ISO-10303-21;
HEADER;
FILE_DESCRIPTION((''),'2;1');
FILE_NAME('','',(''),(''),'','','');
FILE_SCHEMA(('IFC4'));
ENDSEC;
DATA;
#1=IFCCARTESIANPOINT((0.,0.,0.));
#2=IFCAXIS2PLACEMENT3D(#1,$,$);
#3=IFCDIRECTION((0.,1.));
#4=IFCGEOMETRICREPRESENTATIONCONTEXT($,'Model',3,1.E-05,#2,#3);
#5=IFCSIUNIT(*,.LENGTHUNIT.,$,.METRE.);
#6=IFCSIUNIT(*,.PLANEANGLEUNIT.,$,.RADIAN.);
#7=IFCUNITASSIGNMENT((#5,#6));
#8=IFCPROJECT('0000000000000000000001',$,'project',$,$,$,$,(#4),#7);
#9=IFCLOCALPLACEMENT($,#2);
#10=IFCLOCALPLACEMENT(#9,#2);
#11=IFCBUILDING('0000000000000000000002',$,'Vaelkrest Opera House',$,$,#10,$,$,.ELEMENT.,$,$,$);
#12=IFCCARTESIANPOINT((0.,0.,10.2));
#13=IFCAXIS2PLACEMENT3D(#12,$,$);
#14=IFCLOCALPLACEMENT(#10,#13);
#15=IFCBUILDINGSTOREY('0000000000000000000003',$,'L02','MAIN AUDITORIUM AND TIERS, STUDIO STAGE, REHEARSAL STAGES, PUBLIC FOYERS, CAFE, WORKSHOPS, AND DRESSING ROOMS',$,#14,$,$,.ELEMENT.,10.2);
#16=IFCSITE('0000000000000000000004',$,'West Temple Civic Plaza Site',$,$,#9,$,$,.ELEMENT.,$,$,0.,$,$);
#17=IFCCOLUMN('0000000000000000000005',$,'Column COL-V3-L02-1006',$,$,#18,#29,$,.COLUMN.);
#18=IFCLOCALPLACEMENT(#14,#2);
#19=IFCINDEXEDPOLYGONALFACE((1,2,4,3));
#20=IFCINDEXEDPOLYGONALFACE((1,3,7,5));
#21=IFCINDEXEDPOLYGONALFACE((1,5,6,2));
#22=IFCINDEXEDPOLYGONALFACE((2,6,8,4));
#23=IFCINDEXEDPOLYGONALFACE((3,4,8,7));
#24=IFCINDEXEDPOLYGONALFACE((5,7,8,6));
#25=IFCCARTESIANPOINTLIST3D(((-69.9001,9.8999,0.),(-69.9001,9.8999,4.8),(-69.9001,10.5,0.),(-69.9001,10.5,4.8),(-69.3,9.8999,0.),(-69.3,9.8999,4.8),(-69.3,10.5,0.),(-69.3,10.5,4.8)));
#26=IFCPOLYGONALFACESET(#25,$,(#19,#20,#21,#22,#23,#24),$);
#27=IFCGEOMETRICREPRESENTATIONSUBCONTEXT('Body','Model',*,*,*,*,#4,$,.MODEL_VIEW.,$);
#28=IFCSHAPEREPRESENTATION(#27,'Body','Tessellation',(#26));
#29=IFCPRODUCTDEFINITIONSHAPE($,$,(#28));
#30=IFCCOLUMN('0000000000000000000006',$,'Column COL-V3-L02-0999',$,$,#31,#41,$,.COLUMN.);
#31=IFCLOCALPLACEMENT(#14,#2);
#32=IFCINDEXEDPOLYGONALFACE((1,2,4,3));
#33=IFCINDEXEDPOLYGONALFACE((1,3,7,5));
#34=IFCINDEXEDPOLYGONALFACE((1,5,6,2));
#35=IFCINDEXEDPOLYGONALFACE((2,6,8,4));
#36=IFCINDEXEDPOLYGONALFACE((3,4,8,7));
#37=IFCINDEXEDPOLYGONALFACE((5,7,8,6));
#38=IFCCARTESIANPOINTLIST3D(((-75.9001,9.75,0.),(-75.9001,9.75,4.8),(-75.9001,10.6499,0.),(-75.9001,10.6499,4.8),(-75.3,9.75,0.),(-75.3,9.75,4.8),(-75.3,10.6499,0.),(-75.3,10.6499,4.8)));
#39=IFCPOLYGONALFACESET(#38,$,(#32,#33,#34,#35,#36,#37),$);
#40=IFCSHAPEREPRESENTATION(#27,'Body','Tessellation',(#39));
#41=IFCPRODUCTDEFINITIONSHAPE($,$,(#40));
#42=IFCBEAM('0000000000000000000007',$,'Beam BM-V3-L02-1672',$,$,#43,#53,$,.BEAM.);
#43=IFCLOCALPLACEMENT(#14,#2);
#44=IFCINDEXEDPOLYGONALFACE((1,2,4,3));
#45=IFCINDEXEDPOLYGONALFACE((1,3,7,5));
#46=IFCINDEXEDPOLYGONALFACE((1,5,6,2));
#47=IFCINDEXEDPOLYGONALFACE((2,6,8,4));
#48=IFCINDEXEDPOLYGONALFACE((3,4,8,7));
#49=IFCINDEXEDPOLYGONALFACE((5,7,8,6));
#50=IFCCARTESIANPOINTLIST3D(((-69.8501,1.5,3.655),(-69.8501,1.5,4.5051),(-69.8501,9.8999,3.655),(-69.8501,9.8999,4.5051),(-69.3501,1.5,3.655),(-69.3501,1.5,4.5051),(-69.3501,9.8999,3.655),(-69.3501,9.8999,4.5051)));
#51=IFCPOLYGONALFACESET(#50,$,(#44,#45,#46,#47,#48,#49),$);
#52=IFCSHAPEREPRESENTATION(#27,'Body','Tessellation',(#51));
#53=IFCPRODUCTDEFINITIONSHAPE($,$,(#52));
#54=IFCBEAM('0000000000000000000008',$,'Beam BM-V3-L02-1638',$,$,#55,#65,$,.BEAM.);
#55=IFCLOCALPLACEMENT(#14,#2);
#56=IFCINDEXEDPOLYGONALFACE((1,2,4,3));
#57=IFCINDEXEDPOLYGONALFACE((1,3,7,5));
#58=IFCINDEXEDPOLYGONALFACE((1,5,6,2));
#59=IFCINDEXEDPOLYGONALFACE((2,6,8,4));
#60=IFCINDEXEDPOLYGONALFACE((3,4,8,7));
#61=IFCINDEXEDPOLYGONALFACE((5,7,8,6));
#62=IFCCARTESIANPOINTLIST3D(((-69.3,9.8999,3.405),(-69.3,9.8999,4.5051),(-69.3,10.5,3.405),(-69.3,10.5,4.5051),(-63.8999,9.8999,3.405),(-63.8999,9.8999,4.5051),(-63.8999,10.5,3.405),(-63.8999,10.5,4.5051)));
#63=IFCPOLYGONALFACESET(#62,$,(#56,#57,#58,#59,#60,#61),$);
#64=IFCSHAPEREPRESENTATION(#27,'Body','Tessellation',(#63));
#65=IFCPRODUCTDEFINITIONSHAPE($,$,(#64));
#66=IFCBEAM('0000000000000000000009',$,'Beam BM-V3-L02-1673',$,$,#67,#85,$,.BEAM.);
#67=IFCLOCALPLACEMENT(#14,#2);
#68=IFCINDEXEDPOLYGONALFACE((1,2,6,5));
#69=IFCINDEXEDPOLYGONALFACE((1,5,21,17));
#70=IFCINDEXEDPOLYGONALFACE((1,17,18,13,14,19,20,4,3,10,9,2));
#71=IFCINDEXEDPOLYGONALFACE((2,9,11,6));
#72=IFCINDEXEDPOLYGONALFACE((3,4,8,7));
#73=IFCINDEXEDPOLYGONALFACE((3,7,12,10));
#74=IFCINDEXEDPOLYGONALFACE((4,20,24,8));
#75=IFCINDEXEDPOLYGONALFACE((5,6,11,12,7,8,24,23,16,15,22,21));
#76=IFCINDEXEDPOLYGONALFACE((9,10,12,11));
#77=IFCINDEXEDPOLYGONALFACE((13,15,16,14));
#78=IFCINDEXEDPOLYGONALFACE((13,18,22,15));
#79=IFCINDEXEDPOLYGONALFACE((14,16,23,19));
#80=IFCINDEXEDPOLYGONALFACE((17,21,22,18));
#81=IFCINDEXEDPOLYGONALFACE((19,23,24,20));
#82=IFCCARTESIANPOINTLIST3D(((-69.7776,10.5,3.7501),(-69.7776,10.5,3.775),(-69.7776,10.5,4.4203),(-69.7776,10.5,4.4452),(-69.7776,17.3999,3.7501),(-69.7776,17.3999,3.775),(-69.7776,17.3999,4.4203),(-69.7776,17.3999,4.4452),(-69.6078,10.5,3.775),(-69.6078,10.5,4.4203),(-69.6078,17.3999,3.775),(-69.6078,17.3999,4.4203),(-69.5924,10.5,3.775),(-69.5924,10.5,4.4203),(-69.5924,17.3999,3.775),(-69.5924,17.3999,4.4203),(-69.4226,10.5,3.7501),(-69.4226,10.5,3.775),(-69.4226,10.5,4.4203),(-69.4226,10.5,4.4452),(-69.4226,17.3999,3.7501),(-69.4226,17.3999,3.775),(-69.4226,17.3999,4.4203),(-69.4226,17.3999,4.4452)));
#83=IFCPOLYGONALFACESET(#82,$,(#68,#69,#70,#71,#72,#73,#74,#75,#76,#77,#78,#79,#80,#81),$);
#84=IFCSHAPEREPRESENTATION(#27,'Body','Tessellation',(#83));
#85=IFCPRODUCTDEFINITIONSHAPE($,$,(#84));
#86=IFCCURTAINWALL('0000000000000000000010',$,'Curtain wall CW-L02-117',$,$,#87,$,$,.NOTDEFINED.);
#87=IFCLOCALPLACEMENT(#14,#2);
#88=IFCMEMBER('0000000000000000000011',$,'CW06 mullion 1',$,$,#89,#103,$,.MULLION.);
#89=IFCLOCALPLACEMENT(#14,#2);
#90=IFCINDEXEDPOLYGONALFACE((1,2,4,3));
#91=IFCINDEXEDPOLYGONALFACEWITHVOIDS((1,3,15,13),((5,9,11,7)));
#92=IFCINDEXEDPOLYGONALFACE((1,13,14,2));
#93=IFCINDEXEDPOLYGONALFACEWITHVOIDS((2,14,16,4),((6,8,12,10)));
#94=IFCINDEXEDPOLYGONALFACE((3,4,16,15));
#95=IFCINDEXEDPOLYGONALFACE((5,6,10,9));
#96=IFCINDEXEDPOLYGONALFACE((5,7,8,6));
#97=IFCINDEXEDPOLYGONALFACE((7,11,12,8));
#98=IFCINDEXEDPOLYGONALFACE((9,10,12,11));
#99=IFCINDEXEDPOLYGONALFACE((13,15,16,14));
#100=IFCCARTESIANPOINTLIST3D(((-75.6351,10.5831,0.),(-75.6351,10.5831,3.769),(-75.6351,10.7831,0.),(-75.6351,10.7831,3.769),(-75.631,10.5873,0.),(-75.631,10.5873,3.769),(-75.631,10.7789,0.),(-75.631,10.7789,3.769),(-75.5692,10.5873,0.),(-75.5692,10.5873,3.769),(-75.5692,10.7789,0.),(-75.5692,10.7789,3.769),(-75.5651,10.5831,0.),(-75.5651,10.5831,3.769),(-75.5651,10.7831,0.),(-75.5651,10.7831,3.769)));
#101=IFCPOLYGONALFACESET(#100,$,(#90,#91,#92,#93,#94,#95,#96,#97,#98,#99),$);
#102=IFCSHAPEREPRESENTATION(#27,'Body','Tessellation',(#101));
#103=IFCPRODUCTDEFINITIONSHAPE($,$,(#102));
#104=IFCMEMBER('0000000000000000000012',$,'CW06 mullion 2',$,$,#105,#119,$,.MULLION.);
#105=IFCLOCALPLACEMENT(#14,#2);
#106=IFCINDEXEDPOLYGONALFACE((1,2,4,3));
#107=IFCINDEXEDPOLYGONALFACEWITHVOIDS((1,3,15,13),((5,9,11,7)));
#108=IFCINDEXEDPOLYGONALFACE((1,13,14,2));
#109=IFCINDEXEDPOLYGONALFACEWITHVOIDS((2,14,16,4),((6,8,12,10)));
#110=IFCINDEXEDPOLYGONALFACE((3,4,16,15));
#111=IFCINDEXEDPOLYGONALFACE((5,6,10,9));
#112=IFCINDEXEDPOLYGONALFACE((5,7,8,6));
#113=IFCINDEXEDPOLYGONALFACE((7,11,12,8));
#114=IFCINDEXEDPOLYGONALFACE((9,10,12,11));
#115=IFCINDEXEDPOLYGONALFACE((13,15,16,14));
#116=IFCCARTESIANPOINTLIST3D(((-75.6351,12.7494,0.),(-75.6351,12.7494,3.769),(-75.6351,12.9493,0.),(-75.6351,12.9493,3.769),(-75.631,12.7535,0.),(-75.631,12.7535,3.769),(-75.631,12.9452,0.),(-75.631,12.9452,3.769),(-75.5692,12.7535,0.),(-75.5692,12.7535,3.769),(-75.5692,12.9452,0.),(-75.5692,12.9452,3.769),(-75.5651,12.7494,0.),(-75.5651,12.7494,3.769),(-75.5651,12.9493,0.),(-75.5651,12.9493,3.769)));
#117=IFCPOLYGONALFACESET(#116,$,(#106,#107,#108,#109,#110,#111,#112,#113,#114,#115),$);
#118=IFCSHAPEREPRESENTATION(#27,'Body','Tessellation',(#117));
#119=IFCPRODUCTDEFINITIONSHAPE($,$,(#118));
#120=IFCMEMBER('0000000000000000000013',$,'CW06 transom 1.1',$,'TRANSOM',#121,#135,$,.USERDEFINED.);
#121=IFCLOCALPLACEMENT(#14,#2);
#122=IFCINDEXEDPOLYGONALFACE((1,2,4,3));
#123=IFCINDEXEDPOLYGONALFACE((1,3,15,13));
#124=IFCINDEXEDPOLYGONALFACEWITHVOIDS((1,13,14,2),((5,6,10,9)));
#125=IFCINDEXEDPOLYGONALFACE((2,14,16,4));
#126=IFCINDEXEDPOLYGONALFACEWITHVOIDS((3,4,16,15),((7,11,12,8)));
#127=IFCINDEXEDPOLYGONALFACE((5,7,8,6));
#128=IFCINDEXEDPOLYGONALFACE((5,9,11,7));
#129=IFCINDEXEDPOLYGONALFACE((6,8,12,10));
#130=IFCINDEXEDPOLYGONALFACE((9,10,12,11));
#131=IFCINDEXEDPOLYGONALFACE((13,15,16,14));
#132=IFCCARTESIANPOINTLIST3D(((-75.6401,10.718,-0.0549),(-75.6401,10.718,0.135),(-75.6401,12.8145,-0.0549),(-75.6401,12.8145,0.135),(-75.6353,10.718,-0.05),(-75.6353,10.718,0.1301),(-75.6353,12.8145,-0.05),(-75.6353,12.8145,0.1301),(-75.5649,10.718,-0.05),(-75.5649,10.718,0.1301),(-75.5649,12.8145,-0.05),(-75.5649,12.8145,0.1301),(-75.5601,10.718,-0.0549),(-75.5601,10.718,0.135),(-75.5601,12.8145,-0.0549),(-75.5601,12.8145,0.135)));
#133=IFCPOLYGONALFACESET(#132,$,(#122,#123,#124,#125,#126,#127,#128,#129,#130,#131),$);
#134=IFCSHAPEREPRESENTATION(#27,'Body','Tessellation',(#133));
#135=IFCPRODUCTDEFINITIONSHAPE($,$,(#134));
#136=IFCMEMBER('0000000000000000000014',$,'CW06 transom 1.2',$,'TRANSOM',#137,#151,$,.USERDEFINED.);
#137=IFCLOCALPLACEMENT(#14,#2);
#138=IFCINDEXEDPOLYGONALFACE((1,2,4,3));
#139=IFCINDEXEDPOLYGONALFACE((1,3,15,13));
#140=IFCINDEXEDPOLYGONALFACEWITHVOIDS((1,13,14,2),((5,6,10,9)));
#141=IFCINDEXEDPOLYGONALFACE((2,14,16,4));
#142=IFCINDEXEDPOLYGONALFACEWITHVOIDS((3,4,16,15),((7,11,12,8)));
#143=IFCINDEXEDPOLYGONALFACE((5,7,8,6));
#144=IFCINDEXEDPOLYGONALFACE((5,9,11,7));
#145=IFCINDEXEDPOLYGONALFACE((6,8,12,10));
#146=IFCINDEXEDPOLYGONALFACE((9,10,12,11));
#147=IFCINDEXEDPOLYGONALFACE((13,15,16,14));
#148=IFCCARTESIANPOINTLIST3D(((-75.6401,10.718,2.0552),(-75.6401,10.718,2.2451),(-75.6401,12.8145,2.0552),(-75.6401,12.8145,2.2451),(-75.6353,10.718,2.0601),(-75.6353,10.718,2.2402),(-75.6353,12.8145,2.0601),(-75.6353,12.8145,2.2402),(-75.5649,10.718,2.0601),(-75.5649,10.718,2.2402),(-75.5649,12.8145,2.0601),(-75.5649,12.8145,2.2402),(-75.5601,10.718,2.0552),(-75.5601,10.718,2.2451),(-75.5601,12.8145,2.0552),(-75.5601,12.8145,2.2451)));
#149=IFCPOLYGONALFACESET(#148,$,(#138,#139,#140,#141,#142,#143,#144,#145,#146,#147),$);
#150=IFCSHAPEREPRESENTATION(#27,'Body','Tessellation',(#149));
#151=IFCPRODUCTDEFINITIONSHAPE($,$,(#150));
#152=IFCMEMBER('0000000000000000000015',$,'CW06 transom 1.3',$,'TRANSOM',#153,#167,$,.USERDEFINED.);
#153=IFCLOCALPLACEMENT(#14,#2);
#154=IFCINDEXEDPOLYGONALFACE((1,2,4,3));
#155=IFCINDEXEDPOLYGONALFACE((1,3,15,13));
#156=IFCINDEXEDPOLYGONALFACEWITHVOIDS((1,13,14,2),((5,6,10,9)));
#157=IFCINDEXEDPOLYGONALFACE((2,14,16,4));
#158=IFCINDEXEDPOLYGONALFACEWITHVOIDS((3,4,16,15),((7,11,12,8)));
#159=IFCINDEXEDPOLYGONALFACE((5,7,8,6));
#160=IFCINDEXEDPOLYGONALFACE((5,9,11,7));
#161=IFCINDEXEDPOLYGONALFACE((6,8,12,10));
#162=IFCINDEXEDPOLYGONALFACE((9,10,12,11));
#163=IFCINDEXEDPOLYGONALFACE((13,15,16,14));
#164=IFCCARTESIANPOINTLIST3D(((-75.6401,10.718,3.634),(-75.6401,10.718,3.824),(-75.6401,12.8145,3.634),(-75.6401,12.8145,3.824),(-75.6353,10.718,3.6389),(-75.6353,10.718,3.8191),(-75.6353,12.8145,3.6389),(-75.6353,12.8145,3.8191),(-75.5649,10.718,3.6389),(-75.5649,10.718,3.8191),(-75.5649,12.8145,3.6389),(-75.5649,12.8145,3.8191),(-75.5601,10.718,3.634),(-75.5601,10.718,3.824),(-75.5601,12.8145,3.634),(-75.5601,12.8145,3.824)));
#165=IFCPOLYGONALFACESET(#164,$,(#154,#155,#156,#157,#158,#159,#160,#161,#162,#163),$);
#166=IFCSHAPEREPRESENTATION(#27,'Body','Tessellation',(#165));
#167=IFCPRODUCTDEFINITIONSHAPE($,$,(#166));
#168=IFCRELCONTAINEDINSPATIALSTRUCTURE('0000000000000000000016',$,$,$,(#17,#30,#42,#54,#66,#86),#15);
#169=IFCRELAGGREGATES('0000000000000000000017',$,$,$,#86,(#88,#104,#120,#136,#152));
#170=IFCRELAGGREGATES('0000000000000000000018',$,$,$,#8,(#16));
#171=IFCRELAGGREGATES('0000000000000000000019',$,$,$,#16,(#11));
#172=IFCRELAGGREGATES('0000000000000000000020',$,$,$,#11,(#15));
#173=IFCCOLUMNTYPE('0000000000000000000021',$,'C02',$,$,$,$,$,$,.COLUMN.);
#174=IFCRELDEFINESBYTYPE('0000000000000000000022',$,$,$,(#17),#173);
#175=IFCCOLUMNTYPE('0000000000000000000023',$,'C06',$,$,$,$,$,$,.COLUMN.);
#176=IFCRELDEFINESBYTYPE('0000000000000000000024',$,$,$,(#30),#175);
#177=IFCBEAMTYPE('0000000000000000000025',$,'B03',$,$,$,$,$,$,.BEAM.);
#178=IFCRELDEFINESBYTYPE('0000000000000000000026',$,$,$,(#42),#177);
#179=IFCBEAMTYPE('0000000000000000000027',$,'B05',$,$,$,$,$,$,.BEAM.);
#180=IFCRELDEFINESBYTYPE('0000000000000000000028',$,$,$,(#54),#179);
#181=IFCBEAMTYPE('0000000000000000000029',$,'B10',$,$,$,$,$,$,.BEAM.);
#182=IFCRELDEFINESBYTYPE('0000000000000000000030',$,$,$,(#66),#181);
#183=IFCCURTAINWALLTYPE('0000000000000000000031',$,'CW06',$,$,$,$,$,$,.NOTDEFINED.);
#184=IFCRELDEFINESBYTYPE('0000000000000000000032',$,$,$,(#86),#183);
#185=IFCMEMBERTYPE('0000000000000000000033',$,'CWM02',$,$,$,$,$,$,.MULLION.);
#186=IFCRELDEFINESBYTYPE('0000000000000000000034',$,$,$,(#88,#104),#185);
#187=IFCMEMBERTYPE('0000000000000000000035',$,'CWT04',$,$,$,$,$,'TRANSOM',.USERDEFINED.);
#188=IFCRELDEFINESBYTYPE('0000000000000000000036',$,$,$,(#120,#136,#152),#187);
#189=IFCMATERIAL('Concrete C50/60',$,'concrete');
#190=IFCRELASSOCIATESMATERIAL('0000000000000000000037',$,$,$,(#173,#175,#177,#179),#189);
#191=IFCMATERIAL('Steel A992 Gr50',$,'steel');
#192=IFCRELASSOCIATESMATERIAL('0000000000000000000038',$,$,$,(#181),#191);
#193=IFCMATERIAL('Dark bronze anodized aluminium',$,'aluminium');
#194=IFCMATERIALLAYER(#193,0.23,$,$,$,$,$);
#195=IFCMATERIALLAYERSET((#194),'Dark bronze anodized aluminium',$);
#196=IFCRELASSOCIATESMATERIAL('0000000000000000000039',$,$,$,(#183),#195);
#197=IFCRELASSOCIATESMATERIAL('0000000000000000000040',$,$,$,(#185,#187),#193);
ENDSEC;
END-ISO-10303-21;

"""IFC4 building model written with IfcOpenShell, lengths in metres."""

from ifc_helpers import new_model, si_unit, direction, frame, origin, origin_2d, place, context, subcontext, project, spatial, rectangle, hollow_rectangle, i_section, extrude, material, layer, layer_set, material_profile, profile_set, type_object, element, aggregate, save


model = new_model("IFC4")

# Units and contexts
model_context = context("Model", 3, precision=1e-05, world=origin(), true_north=direction((0.0, 1.0)))
body_context = subcontext(model_context, "Body", "Model", "MODEL_VIEW")
ifc_project = project(units=[si_unit("LENGTHUNIT", "METRE"), si_unit("PLANEANGLEUNIT", "RADIAN")], contexts=[model_context])

# Site, building, storey
site_placement = place(None, origin())
site = spatial("IfcSite", under=ifc_project, at=site_placement, Name="West Temple Civic Plaza Site", CompositionType="ELEMENT", RefElevation=0.0)
building_placement = place(site_placement, origin())
building = spatial("IfcBuilding", under=site, at=building_placement, Name="Vaelkrest Opera House", CompositionType="ELEMENT")
storey_placement = place(building_placement, frame((0.0, 0.0, 10.2)))
storey = spatial("IfcBuildingStorey", under=building, at=storey_placement, Name="L02", Description="MAIN AUDITORIUM AND TIERS, STUDIO STAGE, REHEARSAL STAGES, PUBLIC FOYERS, CAFE, WORKSHOPS, AND DRESSING ROOMS", CompositionType="ELEMENT", Elevation=10.2)

# Columns
ifc_material_1 = material(Name="Concrete C50/60", Category="concrete")
ifc_material_profile_1 = material_profile(ifc_material_1, rectangle(XDim=0.6001, YDim=0.6001, at=origin_2d()), Name="RC600X600")
ifc_profile_set_1 = profile_set([ifc_material_profile_1], Name="Concrete C50/60")
column_type_1 = type_object("IfcColumnType", Name="C02", PredefinedType="COLUMN", material=ifc_profile_set_1)
column_1_placement = place(storey_placement, frame((-69.6001, 10.2, 0.0), z_axis=(0.0, 0.0, 1.0), x_axis=(1.0, 0.0, 0.0)))
element("IfcColumn", 1, at=column_1_placement, inside=storey, type_object=column_type_1, Name="Column COL-V3-L02-1006", PredefinedType="COLUMN", context=body_context, shape_type="SweptSolid", body=[
    extrude(rectangle(XDim=0.6001, YDim=0.6001, at=origin_2d()), origin(), (0.0, 0.0, 1.0), 4.8),
])
ifc_material_profile_2 = material_profile(ifc_material_1, rectangle(XDim=0.6001, YDim=0.8999, at=origin_2d()), Name="RC600X900")
ifc_profile_set_2 = profile_set([ifc_material_profile_2], Name="Concrete C50/60")
column_type_2 = type_object("IfcColumnType", Name="C06", PredefinedType="COLUMN", material=ifc_profile_set_2)
column_2_placement = place(storey_placement, frame((-75.6001, 10.2, 0.0), z_axis=(0.0, 0.0, 1.0), x_axis=(1.0, 0.0, 0.0)))
element("IfcColumn", 2, at=column_2_placement, inside=storey, type_object=column_type_2, Name="Column COL-V3-L02-0999", PredefinedType="COLUMN", context=body_context, shape_type="SweptSolid", body=[
    extrude(rectangle(XDim=0.6001, YDim=0.8999, at=origin_2d()), origin(), (0.0, 0.0, 1.0), 4.8),
])

# Beams
ifc_material_profile_3 = material_profile(ifc_material_1, rectangle(XDim=0.5, YDim=0.8501, at=origin_2d()), Name="RCB500X850")
ifc_profile_set_3 = profile_set([ifc_material_profile_3], Name="Concrete C50/60")
beam_type_1 = type_object("IfcBeamType", Name="B03", PredefinedType="BEAM", material=ifc_profile_set_3)
beam_1_placement = place(storey_placement, frame((-69.6001, 1.5, 4.0801), z_axis=(0.0, 1.0, 0.0), x_axis=(-1.0, 0.0, 0.0)))
element("IfcBeam", 3, at=beam_1_placement, inside=storey, type_object=beam_type_1, Name="Beam BM-V3-L02-1672", PredefinedType="BEAM", context=body_context, shape_type="SweptSolid", body=[
    extrude(rectangle(XDim=0.5, YDim=0.8501, at=origin_2d()), origin(), (0.0, 0.0, 1.0), 8.3999),
])
ifc_material_profile_4 = material_profile(ifc_material_1, rectangle(XDim=0.6001, YDim=1.1001, at=origin_2d()), Name="RCB600X1100")
ifc_profile_set_4 = profile_set([ifc_material_profile_4], Name="Concrete C50/60")
beam_type_2 = type_object("IfcBeamType", Name="B05", PredefinedType="BEAM", material=ifc_profile_set_4)
beam_2_placement = place(storey_placement, frame((-69.3, 10.2, 3.9551), z_axis=(1.0, 0.0, 0.0), x_axis=(0.0, 1.0, 0.0)))
element("IfcBeam", 4, at=beam_2_placement, inside=storey, type_object=beam_type_2, Name="Beam BM-V3-L02-1638", PredefinedType="BEAM", context=body_context, shape_type="SweptSolid", body=[
    extrude(rectangle(XDim=0.6001, YDim=1.1001, at=origin_2d()), origin(), (0.0, 0.0, 1.0), 5.4001),
])
ifc_material_2 = material(Name="Steel A992 Gr50", Category="steel")
ifc_material_profile_5 = material_profile(ifc_material_2, i_section(OverallWidth=0.355, OverallDepth=0.6951, WebThickness=0.0154, FlangeThickness=0.0249, at=origin_2d()), Name="W27X146")
ifc_profile_set_5 = profile_set([ifc_material_profile_5], Name="Steel A992 Gr50")
beam_type_3 = type_object("IfcBeamType", Name="B10", PredefinedType="BEAM", material=ifc_profile_set_5)
beam_3_placement = place(storey_placement, frame((-69.6001, 10.5, 4.0977), z_axis=(0.0, 1.0, 0.0), x_axis=(-1.0, 0.0, 0.0)))
element("IfcBeam", 5, at=beam_3_placement, inside=storey, type_object=beam_type_3, Name="Beam BM-V3-L02-1673", PredefinedType="BEAM", context=body_context, shape_type="SweptSolid", body=[
    extrude(i_section(OverallWidth=0.355, OverallDepth=0.6951, WebThickness=0.0154, FlangeThickness=0.0249, at=origin_2d()), origin(), (0.0, 0.0, 1.0), 6.8999),
])

# Curtain wall, members
ifc_material_3 = material(Name="Dark bronze anodized aluminium", Category="aluminium")
ifc_layer_1 = layer(ifc_material_3, 0.23)
ifc_layer_set_1 = layer_set([ifc_layer_1], Name="Dark bronze anodized aluminium")
curtain_wall_type = type_object("IfcCurtainWallType", Name="CW06", PredefinedType="NOTDEFINED", material=ifc_layer_set_1)
curtain_wall_placement = place(storey_placement, origin())
curtain_wall = element("IfcCurtainWall", 6, at=curtain_wall_placement, inside=storey, type_object=curtain_wall_type, Name="Curtain wall CW-L02-117", PredefinedType="NOTDEFINED")
ifc_material_profile_6 = material_profile(ifc_material_3, hollow_rectangle(XDim=0.0701, YDim=0.2, WallThickness=0.0042, at=origin_2d()), Name="CWM70X200")
ifc_profile_set_6 = profile_set([ifc_material_profile_6], Name="Dark bronze anodized aluminium")
member_type_1 = type_object("IfcMemberType", Name="CWM02", PredefinedType="MULLION", material=ifc_profile_set_6)
member_1_placement = place(storey_placement, frame((-75.6001, 10.6831, 0.0), z_axis=(0.0, 0.0, 1.0), x_axis=(-1.0, 0.0, 0.0)))
member_1 = element("IfcMember", 7, at=member_1_placement, type_object=member_type_1, Name="CW06 mullion 1", PredefinedType="MULLION", context=body_context, shape_type="SweptSolid", body=[
    extrude(hollow_rectangle(XDim=0.0701, YDim=0.2, WallThickness=0.0042, at=origin_2d()), origin(), (0.0, 0.0, 1.0), 3.769),
])
member_2_placement = place(storey_placement, frame((-75.6001, 12.8494, 0.0), z_axis=(0.0, 0.0, 1.0), x_axis=(-1.0, 0.0, 0.0)))
member_2 = element("IfcMember", 8, at=member_2_placement, type_object=member_type_1, Name="CW06 mullion 2", PredefinedType="MULLION", context=body_context, shape_type="SweptSolid", body=[
    extrude(hollow_rectangle(XDim=0.0701, YDim=0.2, WallThickness=0.0042, at=origin_2d()), origin(), (0.0, 0.0, 1.0), 3.769),
])
ifc_material_profile_7 = material_profile(ifc_material_3, hollow_rectangle(XDim=0.0801, YDim=0.1899, WallThickness=0.0049, at=origin_2d()), Name="CWT80X190")
ifc_profile_set_7 = profile_set([ifc_material_profile_7], Name="Dark bronze anodized aluminium")
member_type_2 = type_object("IfcMemberType", Name="CWT04", ElementType="TRANSOM", PredefinedType="USERDEFINED", material=ifc_profile_set_7)
member_3_placement = place(storey_placement, frame((-75.6001, 10.718, 0.04), z_axis=(0.0, 1.0, 0.0), x_axis=(-1.0, 0.0, 0.0)))
member_3 = element("IfcMember", 9, at=member_3_placement, type_object=member_type_2, Name="CW06 transom 1.1", ObjectType="TRANSOM", PredefinedType="USERDEFINED", context=body_context, shape_type="SweptSolid", body=[
    extrude(hollow_rectangle(XDim=0.0801, YDim=0.1899, WallThickness=0.0049, at=origin_2d()), origin(), (0.0, 0.0, 1.0), 2.0964),
])
member_4_placement = place(storey_placement, frame((-75.6001, 10.718, 2.1501), z_axis=(0.0, 1.0, 0.0), x_axis=(-1.0, 0.0, 0.0)))
member_4 = element("IfcMember", 10, at=member_4_placement, type_object=member_type_2, Name="CW06 transom 1.2", ObjectType="TRANSOM", PredefinedType="USERDEFINED", context=body_context, shape_type="SweptSolid", body=[
    extrude(hollow_rectangle(XDim=0.0801, YDim=0.1899, WallThickness=0.0049, at=origin_2d()), origin(), (0.0, 0.0, 1.0), 2.0964),
])
member_5_placement = place(storey_placement, frame((-75.6001, 10.718, 3.729), z_axis=(0.0, 1.0, 0.0), x_axis=(-1.0, 0.0, 0.0)))
member_5 = element("IfcMember", 11, at=member_5_placement, type_object=member_type_2, Name="CW06 transom 1.3", ObjectType="TRANSOM", PredefinedType="USERDEFINED", context=body_context, shape_type="SweptSolid", body=[
    extrude(hollow_rectangle(XDim=0.0801, YDim=0.1899, WallThickness=0.0049, at=origin_2d()), origin(), (0.0, 0.0, 1.0), 2.0964),
])

aggregate(curtain_wall, [member_1, member_2, member_3, member_4, member_5])

save(model, "model.ifc")
